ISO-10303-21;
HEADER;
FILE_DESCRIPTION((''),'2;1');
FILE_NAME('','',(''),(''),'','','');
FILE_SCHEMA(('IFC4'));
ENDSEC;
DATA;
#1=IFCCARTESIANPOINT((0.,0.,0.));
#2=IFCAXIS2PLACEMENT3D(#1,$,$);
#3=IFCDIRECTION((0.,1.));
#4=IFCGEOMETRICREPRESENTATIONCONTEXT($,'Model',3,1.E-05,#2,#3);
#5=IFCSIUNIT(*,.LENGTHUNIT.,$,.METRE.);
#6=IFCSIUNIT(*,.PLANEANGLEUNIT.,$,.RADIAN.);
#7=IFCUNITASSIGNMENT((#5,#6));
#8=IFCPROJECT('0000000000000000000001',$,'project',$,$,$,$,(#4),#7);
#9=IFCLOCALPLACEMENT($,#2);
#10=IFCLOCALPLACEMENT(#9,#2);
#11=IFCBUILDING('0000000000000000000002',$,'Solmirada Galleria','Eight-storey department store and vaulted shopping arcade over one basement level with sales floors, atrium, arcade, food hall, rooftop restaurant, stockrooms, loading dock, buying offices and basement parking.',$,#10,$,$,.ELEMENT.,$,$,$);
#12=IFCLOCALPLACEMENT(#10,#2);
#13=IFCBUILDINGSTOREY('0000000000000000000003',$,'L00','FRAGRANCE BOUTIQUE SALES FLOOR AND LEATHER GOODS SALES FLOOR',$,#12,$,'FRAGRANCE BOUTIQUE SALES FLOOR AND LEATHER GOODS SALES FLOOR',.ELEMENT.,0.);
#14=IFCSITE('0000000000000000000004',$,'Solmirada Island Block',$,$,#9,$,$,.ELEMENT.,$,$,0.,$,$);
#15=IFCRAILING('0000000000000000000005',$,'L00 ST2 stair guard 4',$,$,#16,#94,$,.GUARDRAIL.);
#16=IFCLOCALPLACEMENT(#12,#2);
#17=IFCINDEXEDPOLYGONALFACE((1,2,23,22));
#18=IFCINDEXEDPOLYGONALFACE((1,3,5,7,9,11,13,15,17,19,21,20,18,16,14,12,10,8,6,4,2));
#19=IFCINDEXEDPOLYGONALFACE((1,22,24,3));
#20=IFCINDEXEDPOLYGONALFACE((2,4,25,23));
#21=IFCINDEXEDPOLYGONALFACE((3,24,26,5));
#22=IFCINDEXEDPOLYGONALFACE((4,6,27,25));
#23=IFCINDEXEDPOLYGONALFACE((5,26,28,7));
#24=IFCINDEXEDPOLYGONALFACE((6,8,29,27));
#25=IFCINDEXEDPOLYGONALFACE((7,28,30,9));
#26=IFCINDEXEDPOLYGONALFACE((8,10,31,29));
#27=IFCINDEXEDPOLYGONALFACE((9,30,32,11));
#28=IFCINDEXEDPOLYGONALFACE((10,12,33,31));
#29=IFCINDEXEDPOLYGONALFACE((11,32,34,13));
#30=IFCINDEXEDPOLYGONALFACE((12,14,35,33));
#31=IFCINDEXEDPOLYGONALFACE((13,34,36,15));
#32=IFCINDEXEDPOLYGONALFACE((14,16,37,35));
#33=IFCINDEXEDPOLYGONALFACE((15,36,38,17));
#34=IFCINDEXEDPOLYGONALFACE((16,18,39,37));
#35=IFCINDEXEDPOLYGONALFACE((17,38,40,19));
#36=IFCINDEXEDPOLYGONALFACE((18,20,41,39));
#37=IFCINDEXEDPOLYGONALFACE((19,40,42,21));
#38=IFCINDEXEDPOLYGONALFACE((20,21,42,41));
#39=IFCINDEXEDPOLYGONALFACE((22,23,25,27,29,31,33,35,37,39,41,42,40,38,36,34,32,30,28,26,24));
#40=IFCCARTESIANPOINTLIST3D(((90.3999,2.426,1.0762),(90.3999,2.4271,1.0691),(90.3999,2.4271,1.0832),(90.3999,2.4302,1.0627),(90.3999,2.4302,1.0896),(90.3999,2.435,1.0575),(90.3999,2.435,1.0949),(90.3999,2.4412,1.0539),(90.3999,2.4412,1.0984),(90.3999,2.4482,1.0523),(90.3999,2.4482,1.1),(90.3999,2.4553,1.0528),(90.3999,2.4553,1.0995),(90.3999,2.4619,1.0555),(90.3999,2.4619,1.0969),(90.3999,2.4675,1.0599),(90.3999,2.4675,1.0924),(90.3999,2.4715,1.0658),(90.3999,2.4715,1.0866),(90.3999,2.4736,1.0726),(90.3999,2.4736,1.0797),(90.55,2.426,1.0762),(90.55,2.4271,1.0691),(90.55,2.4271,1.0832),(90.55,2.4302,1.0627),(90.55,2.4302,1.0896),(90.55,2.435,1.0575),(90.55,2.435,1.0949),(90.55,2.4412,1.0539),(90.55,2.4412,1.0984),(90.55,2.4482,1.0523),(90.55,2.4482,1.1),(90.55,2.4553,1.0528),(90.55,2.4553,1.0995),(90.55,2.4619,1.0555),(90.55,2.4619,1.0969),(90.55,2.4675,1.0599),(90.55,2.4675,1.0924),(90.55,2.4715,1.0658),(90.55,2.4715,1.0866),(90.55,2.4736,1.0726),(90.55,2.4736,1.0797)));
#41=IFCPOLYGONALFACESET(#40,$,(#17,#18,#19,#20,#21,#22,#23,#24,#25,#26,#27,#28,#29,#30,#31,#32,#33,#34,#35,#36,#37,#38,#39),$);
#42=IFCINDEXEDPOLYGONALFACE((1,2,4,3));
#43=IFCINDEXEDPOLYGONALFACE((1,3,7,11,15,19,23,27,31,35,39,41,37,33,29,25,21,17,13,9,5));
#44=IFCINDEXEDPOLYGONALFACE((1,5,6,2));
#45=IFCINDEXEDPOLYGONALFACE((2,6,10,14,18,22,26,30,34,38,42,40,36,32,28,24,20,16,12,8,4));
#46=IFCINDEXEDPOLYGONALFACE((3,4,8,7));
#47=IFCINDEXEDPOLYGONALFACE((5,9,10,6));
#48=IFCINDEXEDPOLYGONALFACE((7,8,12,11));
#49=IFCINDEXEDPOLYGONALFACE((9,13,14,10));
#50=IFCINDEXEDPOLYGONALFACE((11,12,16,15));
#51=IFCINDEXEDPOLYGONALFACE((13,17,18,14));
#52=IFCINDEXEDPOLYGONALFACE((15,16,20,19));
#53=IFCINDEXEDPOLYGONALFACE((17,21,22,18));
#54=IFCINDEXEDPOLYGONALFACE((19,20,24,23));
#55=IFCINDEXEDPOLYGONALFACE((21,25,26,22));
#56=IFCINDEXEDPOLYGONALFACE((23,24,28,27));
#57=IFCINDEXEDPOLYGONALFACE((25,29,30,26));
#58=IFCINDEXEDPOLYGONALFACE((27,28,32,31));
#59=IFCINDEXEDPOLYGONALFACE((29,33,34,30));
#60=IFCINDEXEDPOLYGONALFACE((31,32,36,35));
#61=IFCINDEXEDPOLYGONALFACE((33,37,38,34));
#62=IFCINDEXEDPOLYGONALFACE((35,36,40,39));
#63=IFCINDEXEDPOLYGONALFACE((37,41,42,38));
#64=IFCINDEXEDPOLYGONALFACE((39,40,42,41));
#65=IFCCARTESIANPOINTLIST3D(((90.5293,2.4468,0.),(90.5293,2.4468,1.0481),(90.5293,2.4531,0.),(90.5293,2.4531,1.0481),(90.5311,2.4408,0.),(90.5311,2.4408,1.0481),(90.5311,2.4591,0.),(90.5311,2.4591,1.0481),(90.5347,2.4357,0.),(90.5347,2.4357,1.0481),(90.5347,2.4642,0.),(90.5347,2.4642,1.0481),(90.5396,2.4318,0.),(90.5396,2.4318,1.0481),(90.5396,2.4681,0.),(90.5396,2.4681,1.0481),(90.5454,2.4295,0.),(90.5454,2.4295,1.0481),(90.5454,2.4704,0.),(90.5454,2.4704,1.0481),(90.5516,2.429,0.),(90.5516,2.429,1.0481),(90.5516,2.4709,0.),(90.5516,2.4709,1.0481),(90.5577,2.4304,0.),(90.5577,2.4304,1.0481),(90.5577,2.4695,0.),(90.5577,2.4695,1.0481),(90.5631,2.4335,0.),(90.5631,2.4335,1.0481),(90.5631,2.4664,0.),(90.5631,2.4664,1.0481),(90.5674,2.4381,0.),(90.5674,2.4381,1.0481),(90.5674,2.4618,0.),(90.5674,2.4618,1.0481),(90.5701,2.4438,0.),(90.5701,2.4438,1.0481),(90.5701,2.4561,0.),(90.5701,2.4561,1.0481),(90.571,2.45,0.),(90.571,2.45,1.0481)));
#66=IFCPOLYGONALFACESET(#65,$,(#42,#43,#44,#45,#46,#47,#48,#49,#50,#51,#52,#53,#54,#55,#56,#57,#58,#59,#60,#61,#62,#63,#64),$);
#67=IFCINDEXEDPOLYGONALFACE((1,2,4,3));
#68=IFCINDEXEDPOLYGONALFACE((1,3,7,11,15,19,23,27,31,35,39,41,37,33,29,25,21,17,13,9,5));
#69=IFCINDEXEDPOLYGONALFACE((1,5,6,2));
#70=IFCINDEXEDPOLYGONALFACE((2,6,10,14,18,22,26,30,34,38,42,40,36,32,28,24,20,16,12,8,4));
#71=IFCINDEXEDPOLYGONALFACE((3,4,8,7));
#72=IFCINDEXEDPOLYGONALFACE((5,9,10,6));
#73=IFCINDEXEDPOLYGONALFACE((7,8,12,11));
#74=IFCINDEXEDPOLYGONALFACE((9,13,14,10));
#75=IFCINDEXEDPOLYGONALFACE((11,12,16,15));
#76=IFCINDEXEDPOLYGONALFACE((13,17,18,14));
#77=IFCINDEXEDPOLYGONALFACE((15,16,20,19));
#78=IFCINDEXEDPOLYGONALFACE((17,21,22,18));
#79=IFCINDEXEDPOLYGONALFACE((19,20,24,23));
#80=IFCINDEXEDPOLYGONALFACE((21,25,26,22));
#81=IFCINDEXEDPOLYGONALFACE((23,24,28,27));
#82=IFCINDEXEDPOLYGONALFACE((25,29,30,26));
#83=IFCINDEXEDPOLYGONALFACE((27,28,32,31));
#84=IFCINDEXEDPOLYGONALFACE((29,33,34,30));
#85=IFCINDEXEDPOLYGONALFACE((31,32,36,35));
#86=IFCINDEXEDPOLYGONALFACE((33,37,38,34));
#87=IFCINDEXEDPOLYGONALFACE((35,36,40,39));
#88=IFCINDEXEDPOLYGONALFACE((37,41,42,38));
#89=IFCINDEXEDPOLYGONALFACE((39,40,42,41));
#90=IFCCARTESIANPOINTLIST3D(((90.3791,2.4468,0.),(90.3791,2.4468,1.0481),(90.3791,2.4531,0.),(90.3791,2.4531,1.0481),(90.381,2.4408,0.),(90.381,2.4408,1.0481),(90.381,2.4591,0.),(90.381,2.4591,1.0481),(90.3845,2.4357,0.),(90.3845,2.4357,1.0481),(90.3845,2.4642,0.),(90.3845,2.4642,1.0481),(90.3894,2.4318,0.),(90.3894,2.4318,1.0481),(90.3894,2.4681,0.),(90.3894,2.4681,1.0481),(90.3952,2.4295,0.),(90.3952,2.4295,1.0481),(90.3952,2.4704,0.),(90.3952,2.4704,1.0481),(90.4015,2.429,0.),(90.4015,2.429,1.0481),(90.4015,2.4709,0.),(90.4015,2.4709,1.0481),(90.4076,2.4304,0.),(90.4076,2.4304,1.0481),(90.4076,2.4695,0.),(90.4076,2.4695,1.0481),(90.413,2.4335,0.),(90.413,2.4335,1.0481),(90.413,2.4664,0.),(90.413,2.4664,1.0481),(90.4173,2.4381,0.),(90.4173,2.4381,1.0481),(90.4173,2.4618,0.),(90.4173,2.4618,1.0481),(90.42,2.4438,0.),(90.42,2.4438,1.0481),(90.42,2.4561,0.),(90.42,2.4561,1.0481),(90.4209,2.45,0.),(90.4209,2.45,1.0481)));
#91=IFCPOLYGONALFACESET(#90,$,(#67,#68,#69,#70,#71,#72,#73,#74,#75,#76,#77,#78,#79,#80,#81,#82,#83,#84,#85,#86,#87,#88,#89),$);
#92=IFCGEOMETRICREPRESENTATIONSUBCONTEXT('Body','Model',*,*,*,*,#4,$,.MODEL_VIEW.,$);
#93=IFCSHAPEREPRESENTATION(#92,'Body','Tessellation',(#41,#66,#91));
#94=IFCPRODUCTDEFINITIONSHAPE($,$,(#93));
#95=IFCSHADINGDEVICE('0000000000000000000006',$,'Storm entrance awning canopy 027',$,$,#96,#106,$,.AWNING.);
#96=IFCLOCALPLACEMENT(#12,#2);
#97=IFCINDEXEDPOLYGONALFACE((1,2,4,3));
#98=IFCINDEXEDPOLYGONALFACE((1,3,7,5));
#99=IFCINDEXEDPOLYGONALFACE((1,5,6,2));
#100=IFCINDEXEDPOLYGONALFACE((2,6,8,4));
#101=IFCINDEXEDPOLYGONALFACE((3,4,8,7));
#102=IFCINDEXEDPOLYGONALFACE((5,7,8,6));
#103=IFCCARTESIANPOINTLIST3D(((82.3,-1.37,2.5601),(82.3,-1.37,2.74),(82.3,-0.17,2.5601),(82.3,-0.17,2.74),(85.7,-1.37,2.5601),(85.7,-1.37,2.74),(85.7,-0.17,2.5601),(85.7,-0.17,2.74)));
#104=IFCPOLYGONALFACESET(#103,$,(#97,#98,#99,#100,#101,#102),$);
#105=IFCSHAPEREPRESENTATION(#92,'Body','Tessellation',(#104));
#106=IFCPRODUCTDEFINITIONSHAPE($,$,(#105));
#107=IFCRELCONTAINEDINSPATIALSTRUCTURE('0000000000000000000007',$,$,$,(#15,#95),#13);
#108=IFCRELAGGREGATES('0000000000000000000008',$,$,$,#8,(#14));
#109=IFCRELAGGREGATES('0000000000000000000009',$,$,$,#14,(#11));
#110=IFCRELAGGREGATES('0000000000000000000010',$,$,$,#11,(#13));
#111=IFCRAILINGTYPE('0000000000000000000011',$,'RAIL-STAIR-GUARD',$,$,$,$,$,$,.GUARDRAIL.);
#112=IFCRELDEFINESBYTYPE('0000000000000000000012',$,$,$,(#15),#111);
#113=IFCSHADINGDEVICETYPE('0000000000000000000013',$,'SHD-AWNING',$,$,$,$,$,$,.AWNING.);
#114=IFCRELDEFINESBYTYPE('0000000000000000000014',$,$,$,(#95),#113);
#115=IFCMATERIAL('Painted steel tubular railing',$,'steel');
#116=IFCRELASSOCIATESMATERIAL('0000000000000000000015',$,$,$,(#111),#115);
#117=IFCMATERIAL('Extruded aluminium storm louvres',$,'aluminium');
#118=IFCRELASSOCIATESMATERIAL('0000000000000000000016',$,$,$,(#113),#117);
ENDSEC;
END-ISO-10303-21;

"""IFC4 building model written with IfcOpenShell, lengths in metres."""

from ifc_helpers import new_model, si_unit, direction, frame, origin, origin_2d, place, context, subcontext, project, spatial, rectangle, circle, extrude, material, type_object, element, save


model = new_model("IFC4")

# Units and contexts
model_context = context("Model", 3, precision=1e-05, world=origin(), true_north=direction((0.0, 1.0)))
body_context = subcontext(model_context, "Body", "Model", "MODEL_VIEW")
ifc_project = project(units=[si_unit("LENGTHUNIT", "METRE"), si_unit("PLANEANGLEUNIT", "RADIAN")], contexts=[model_context])

# Site, building, storey
site_placement = place(None, origin())
site = spatial("IfcSite", under=ifc_project, at=site_placement, Name="Solmirada Island Block", CompositionType="ELEMENT", RefElevation=0.0)
building_placement = place(site_placement, origin())
building = spatial("IfcBuilding", under=site, at=building_placement, Name="Solmirada Galleria", Description="Eight-storey department store and vaulted shopping arcade over one basement level with sales floors, atrium, arcade, food hall, rooftop restaurant, stockrooms, loading dock, buying offices and basement parking.", CompositionType="ELEMENT")
storey_placement = place(building_placement, origin())
storey = spatial("IfcBuildingStorey", under=building, at=storey_placement, Name="L00", Description="FRAGRANCE BOUTIQUE SALES FLOOR AND LEATHER GOODS SALES FLOOR", LongName="FRAGRANCE BOUTIQUE SALES FLOOR AND LEATHER GOODS SALES FLOOR", CompositionType="ELEMENT", Elevation=0.0)

# Railing
ifc_material_1 = material(Name="Painted steel tubular railing", Category="steel")
railing_type_1 = type_object("IfcRailingType", Name="RAIL-STAIR-GUARD", PredefinedType="GUARDRAIL", material=ifc_material_1)
railing_1_placement = place(storey_placement, frame((90.55, 2.45, 0.0)))
element("IfcRailing", 1, at=railing_1_placement, inside=storey, type_object=railing_type_1, Name="L00 ST2 stair guard 4", PredefinedType="GUARDRAIL", context=body_context, shape_type="SweptSolid", body=[
    extrude(circle(Radius=0.0239, at=origin_2d()), frame((0.0, 0.0, 1.0762), z_axis=(-1.0, 0.0, 0.0), x_axis=(0.0, -1.0, 0.0)), (0.0, 0.0, 1.0), 0.1501),
    extrude(circle(Radius=0.021, at=origin_2d()), origin(), (0.0, 0.0, 1.0), 1.0481),
    extrude(circle(Radius=0.021, at=origin_2d()), frame((-0.1501, 0.0, 0.0)), (0.0, 0.0, 1.0), 1.0481),
])

# Shading device
ifc_material_2 = material(Name="Extruded aluminium storm louvres", Category="aluminium")
shading_device_type = type_object("IfcShadingDeviceType", Name="SHD-AWNING", PredefinedType="AWNING", material=ifc_material_2)
shading_device_placement = place(storey_placement, frame((84.0, -0.77, 2.5601), z_axis=(0.0, 0.0, 1.0), x_axis=(-1.0, 0.0, 0.0)))
element("IfcShadingDevice", 2, at=shading_device_placement, inside=storey, type_object=shading_device_type, Name="Storm entrance awning canopy 027", PredefinedType="AWNING", context=body_context, shape_type="SweptSolid", body=[
    extrude(rectangle(XDim=3.3999, YDim=1.2, at=origin_2d()), origin(), (0.0, 0.0, 1.0), 0.1799),
])

save(model, "model.ifc")
